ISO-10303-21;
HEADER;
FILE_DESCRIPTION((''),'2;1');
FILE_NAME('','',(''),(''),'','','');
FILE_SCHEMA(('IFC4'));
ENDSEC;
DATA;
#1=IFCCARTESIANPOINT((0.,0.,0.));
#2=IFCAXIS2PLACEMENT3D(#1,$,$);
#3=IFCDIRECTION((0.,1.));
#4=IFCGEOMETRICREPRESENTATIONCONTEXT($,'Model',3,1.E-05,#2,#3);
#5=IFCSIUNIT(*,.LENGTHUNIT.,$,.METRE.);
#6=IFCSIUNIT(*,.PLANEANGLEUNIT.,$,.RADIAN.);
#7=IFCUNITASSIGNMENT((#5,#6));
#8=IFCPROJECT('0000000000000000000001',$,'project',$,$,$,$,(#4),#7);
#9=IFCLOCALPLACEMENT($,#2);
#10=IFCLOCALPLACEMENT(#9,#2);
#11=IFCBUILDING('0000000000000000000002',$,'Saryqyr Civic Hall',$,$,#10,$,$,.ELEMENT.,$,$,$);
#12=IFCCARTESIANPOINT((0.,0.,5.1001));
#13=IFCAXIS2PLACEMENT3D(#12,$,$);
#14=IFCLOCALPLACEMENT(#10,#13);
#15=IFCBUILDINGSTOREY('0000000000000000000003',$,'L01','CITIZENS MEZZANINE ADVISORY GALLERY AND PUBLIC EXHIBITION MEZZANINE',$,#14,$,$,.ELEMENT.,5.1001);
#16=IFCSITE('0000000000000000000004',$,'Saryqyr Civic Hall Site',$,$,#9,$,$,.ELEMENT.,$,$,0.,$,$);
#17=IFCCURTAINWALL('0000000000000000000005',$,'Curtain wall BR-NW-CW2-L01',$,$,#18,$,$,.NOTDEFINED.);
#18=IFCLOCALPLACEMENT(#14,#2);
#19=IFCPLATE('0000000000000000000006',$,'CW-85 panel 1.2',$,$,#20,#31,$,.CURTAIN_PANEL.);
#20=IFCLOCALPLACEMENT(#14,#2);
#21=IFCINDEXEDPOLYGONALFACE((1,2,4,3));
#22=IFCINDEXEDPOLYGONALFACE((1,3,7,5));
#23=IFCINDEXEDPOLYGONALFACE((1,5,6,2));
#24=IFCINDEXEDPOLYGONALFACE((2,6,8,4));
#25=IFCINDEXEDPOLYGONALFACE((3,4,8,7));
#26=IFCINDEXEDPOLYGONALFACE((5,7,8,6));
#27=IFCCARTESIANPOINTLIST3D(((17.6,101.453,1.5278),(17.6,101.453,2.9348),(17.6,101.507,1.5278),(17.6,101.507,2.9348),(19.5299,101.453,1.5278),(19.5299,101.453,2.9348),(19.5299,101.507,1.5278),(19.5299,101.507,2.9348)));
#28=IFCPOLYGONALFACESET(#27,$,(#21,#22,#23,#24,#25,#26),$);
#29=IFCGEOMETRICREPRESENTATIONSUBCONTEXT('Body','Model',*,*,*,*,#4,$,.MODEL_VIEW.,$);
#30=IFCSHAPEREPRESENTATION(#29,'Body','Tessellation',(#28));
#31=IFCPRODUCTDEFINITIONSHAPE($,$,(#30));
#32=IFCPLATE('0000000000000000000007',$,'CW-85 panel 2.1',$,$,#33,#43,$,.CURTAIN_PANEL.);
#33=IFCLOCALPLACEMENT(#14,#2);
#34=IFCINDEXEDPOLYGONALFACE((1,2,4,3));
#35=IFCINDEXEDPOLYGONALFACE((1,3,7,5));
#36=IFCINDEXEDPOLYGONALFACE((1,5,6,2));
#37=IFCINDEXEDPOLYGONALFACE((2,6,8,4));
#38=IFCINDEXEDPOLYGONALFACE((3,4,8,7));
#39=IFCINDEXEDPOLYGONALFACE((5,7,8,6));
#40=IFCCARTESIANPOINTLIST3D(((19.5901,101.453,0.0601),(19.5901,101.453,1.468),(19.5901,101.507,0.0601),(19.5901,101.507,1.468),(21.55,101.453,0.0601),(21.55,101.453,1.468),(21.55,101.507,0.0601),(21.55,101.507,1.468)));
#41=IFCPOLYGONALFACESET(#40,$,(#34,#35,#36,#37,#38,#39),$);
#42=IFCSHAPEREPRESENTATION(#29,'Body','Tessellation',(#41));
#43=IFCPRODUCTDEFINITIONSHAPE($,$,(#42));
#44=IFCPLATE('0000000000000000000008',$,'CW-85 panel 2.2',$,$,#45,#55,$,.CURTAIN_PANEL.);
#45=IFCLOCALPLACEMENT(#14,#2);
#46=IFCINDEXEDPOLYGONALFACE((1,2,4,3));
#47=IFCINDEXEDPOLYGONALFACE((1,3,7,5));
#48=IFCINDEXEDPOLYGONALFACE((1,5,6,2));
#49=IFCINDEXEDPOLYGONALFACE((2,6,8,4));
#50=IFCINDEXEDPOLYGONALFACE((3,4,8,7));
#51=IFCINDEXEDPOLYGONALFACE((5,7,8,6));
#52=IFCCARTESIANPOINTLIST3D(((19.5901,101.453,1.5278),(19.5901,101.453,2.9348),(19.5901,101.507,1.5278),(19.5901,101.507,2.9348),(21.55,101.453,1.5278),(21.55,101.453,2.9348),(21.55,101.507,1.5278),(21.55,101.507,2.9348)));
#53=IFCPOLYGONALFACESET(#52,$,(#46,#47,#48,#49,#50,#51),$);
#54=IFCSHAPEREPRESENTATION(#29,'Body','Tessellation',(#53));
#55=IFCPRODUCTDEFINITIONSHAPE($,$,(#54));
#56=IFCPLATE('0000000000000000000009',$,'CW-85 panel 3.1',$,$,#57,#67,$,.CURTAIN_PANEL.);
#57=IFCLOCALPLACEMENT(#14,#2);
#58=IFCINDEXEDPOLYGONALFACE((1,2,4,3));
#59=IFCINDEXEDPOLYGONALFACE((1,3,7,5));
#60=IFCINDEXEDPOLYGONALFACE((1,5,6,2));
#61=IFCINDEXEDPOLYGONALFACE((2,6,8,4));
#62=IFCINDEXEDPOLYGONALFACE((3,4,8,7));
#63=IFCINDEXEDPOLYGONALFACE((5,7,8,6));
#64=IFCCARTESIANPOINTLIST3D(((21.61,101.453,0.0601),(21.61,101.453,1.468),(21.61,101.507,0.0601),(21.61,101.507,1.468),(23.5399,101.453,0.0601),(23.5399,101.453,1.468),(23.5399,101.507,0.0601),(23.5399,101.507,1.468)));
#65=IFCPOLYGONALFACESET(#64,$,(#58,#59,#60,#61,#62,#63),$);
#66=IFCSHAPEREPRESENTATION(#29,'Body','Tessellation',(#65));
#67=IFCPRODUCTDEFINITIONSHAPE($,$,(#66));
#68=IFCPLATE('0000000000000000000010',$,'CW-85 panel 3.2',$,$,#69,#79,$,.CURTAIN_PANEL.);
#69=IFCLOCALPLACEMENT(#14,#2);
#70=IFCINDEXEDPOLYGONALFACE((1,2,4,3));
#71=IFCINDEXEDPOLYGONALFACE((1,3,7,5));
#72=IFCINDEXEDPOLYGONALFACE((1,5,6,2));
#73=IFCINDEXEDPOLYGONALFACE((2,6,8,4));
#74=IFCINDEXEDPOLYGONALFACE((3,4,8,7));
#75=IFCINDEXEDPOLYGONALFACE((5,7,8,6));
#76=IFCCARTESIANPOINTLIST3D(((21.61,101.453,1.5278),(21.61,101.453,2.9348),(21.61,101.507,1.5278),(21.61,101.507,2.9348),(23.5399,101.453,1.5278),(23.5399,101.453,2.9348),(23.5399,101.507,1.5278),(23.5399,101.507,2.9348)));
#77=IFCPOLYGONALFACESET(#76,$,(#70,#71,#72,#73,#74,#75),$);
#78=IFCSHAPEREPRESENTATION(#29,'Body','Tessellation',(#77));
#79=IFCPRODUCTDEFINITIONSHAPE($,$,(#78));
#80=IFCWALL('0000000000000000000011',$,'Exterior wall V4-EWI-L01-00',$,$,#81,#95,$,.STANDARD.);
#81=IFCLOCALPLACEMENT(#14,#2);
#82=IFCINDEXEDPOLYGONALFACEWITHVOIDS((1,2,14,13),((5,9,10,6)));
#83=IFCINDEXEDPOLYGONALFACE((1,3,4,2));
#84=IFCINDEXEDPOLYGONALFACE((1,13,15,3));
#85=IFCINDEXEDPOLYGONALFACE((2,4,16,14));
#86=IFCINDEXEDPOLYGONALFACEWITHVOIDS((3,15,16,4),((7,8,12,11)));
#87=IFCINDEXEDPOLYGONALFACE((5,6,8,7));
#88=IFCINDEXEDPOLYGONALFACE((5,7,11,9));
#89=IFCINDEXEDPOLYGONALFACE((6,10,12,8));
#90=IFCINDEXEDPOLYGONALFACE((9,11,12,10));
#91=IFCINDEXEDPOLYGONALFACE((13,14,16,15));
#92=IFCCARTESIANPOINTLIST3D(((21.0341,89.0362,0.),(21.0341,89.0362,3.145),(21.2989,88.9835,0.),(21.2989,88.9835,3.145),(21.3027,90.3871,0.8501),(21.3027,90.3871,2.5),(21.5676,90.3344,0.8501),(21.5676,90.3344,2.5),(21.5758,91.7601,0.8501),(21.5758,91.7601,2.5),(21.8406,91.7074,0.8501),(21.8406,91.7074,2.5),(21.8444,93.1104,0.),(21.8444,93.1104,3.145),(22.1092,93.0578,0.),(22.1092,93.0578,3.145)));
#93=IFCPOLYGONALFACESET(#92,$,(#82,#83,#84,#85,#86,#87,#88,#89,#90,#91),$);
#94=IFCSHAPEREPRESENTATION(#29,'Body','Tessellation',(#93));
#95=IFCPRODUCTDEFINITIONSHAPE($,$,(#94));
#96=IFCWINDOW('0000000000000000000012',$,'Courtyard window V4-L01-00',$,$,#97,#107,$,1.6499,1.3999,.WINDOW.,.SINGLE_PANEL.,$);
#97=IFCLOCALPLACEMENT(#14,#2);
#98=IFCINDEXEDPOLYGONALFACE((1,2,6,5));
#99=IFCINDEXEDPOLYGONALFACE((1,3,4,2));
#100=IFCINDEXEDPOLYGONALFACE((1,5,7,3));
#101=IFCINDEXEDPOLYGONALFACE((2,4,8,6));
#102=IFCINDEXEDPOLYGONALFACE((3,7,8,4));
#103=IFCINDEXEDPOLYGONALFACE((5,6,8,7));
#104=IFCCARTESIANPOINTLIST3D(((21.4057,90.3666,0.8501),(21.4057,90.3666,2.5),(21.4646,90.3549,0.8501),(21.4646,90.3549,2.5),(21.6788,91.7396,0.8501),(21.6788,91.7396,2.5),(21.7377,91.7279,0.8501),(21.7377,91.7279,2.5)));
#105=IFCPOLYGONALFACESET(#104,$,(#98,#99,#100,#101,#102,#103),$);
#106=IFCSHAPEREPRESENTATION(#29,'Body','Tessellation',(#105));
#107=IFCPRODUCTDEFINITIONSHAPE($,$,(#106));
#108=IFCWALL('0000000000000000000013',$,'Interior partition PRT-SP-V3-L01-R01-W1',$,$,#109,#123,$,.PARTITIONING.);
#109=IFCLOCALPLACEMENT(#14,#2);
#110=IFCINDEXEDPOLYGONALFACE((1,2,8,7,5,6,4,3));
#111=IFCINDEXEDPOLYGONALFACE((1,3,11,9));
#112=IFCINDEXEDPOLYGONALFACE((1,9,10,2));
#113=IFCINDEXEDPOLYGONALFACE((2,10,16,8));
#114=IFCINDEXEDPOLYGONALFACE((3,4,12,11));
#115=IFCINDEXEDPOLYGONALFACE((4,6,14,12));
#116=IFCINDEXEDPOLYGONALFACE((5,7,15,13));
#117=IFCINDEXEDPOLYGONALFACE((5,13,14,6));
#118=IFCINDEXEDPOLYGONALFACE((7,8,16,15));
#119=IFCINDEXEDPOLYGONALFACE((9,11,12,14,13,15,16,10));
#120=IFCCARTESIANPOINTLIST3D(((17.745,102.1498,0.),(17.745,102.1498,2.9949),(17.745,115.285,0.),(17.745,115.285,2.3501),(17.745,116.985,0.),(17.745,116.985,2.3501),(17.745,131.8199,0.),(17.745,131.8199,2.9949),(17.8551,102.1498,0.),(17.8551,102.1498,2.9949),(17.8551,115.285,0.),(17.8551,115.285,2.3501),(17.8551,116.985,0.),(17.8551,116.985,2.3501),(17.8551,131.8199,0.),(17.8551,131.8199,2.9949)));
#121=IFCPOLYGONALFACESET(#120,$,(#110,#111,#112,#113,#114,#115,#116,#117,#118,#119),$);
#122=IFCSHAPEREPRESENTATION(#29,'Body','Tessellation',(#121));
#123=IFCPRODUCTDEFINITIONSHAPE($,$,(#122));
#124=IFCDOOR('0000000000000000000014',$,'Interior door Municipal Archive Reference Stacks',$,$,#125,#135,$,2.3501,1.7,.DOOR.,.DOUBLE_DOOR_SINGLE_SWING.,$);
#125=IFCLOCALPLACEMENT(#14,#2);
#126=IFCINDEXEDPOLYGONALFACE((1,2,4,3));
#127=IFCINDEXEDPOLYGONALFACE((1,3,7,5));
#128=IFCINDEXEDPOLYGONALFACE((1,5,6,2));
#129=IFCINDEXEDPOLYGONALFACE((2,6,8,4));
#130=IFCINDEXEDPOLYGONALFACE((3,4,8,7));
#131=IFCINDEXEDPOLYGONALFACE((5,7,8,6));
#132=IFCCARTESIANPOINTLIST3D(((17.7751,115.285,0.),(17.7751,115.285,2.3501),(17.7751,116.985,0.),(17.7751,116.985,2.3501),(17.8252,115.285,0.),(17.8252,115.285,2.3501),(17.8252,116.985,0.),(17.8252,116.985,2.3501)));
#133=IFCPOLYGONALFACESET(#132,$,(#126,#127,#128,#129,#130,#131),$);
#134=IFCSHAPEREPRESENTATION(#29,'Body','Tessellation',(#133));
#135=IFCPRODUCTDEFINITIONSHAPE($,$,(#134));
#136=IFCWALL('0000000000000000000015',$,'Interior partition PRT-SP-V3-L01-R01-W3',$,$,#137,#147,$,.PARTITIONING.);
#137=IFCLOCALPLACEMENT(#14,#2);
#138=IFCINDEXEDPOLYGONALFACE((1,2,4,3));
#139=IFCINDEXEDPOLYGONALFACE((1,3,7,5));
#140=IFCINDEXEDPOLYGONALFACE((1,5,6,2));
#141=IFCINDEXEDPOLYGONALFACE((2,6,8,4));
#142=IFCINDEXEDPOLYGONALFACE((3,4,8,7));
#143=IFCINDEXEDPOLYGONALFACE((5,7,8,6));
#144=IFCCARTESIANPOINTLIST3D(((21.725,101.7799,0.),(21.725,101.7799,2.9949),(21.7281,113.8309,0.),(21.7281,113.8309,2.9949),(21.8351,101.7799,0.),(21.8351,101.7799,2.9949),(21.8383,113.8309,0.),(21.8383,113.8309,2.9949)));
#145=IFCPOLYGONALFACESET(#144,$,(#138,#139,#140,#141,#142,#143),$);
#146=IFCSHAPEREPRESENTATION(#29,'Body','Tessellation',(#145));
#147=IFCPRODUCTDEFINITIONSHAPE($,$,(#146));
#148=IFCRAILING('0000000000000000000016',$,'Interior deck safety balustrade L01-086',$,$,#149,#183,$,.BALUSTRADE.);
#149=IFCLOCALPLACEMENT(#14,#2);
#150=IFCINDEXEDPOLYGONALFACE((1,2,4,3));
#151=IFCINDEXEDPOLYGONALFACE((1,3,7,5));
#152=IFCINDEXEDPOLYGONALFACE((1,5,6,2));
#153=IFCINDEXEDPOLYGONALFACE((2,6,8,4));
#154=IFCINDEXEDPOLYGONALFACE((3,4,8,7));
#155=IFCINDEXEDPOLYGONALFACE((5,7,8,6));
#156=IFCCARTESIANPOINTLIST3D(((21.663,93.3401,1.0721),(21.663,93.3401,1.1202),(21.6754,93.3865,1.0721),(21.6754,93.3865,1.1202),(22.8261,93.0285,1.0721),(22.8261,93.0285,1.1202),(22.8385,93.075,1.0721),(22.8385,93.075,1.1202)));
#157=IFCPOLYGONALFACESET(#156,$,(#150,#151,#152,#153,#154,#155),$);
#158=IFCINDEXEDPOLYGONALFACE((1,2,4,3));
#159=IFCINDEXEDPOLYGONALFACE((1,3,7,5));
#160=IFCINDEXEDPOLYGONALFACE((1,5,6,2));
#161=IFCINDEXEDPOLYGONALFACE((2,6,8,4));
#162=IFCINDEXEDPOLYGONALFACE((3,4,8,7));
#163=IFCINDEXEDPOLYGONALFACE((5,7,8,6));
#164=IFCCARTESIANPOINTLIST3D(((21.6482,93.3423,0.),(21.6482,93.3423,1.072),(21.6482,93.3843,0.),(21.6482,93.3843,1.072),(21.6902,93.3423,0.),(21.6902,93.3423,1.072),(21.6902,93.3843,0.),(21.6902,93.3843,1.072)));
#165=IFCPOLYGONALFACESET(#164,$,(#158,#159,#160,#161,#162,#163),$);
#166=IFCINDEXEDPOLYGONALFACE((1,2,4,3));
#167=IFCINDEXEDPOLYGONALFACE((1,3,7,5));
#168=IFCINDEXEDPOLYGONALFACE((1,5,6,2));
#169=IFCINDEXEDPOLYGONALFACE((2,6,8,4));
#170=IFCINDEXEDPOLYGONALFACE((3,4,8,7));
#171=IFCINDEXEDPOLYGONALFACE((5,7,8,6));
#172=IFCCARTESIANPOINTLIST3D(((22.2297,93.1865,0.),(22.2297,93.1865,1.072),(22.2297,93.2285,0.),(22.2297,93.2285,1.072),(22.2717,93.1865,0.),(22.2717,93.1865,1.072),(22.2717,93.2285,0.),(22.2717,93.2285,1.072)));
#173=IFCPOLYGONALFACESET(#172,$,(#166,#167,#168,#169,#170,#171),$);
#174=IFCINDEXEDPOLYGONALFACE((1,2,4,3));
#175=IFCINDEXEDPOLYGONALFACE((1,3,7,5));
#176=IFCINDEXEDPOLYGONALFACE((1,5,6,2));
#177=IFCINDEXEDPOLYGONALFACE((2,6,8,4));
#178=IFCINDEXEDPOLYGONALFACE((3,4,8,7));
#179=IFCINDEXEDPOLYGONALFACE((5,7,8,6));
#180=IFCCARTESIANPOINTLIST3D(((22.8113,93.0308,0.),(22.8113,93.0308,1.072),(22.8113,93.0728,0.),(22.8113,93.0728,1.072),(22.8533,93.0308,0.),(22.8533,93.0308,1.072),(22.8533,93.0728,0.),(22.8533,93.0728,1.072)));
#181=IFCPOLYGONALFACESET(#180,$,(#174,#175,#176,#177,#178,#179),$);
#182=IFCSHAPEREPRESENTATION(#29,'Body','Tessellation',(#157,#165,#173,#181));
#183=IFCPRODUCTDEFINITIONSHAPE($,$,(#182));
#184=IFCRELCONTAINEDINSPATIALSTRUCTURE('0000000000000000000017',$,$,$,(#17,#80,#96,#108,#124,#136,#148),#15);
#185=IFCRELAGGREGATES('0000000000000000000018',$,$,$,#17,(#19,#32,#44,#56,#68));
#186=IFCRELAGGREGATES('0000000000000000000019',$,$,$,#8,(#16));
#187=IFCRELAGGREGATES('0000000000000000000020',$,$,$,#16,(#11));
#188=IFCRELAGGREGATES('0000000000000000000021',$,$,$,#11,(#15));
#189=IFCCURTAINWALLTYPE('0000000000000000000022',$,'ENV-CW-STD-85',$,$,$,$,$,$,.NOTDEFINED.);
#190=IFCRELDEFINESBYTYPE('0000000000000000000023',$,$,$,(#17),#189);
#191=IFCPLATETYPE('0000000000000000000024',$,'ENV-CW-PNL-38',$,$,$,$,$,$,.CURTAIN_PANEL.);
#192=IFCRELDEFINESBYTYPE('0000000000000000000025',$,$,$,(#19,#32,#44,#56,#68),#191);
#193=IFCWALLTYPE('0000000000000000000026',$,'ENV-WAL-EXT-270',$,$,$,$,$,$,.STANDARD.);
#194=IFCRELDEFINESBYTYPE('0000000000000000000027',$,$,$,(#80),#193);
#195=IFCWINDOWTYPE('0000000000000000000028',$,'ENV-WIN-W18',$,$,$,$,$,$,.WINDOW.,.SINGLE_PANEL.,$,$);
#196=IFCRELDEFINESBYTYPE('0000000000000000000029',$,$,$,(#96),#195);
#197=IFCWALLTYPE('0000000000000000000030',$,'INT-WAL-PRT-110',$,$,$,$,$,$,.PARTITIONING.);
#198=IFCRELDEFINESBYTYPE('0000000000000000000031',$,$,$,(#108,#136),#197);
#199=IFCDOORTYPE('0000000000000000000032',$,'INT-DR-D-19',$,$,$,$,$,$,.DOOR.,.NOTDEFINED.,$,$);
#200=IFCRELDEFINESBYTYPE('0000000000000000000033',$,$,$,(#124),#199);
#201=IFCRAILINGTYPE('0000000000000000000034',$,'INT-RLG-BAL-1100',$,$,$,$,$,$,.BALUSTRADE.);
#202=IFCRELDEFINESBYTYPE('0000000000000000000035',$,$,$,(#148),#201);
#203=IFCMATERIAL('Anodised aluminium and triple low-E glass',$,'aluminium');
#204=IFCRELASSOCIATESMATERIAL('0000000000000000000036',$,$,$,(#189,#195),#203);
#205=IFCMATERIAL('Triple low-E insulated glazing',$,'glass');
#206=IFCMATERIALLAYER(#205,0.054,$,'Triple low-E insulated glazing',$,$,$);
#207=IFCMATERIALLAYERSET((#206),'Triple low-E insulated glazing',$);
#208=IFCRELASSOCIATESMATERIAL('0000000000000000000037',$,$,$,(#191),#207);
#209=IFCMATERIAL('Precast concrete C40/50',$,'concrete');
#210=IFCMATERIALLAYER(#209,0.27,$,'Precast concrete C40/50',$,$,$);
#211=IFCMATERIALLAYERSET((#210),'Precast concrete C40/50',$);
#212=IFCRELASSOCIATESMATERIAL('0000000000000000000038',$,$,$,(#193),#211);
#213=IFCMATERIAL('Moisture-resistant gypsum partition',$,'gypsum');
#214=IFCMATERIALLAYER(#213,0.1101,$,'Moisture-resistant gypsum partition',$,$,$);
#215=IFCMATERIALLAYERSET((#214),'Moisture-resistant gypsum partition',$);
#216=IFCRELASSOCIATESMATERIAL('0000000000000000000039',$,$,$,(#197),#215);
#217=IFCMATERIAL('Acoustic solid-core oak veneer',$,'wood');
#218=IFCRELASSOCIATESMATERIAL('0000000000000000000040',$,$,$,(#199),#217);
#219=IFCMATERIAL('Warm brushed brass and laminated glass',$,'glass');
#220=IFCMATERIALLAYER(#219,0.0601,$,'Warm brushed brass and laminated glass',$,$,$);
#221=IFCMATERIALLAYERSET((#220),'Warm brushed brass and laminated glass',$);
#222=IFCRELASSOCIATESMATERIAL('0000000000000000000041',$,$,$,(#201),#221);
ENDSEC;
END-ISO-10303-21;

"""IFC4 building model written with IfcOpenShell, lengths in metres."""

from ifc_helpers import new_model, si_unit, direction, frame, frame_2d, origin, origin_2d, place, context, subcontext, project, spatial, rectangle, extrude, material, layer, layer_set, type_object, element, fill, aggregate, save


model = new_model("IFC4")

# Units and contexts
model_context = context("Model", 3, precision=1e-05, world=origin(), true_north=direction((0.0, 1.0)))
body_context = subcontext(model_context, "Body", "Model", "MODEL_VIEW")
ifc_project = project(units=[si_unit("LENGTHUNIT", "METRE"), si_unit("PLANEANGLEUNIT", "RADIAN")], contexts=[model_context])

# Site, building, storey
site_placement = place(None, origin())
site = spatial("IfcSite", under=ifc_project, at=site_placement, Name="Saryqyr Civic Hall Site", CompositionType="ELEMENT", RefElevation=0.0)
building_placement = place(site_placement, origin())
building = spatial("IfcBuilding", under=site, at=building_placement, Name="Saryqyr Civic Hall", CompositionType="ELEMENT")
storey_placement = place(building_placement, frame((0.0, 0.0, 5.1001)))
storey = spatial("IfcBuildingStorey", under=building, at=storey_placement, Name="L01", Description="CITIZENS MEZZANINE ADVISORY GALLERY AND PUBLIC EXHIBITION MEZZANINE", CompositionType="ELEMENT", Elevation=5.1001)

# Shared definitions
ifc_material_1 = material(Name="Anodised aluminium and triple low-E glass", Category="aluminium")

# Curtain wall
curtain_wall_type_1 = type_object("IfcCurtainWallType", Name="ENV-CW-STD-85", PredefinedType="NOTDEFINED", material=ifc_material_1)
curtain_wall_1_placement = place(storey_placement, origin())
curtain_wall_1 = element("IfcCurtainWall", 1, at=curtain_wall_1_placement, inside=storey, type_object=curtain_wall_type_1, Name="Curtain wall BR-NW-CW2-L01", PredefinedType="NOTDEFINED")

# Plates
ifc_material_2 = material(Name="Triple low-E insulated glazing", Category="glass")
ifc_layer_1 = layer(ifc_material_2, 0.054, Name="Triple low-E insulated glazing")
ifc_layer_set_1 = layer_set([ifc_layer_1], Name="Triple low-E insulated glazing")
plate_type = type_object("IfcPlateType", Name="ENV-CW-PNL-38", PredefinedType="CURTAIN_PANEL", material=ifc_layer_set_1)
plate_1_placement = place(storey_placement, frame((18.5649, 101.48, 1.5278), z_axis=(0.0, 0.0, 1.0), x_axis=(1.0, 0.0, 0.0)))
plate_1 = element("IfcPlate", 2, at=plate_1_placement, type_object=plate_type, Name="CW-85 panel 1.2", PredefinedType="CURTAIN_PANEL", context=body_context, shape_type="SweptSolid", body=[
    extrude(rectangle(XDim=1.9299, YDim=0.054, at=origin_2d()), origin(), (0.0, 0.0, 1.0), 1.407),
])
plate_2_placement = place(storey_placement, frame((20.5701, 101.48, 0.0601), z_axis=(0.0, 0.0, 1.0), x_axis=(1.0, 0.0, 0.0)))
plate_2 = element("IfcPlate", 3, at=plate_2_placement, type_object=plate_type, Name="CW-85 panel 2.1", PredefinedType="CURTAIN_PANEL", context=body_context, shape_type="SweptSolid", body=[
    extrude(rectangle(XDim=1.96, YDim=0.054, at=origin_2d()), origin(), (0.0, 0.0, 1.0), 1.408),
])
plate_3_placement = place(storey_placement, frame((20.5701, 101.48, 1.5278), z_axis=(0.0, 0.0, 1.0), x_axis=(1.0, 0.0, 0.0)))
plate_3 = element("IfcPlate", 4, at=plate_3_placement, type_object=plate_type, Name="CW-85 panel 2.2", PredefinedType="CURTAIN_PANEL", context=body_context, shape_type="SweptSolid", body=[
    extrude(rectangle(XDim=1.96, YDim=0.054, at=origin_2d()), origin(), (0.0, 0.0, 1.0), 1.407),
])
plate_4_placement = place(storey_placement, frame((22.575, 101.48, 0.0601), z_axis=(0.0, 0.0, 1.0), x_axis=(1.0, 0.0, 0.0)))
plate_4 = element("IfcPlate", 5, at=plate_4_placement, type_object=plate_type, Name="CW-85 panel 3.1", PredefinedType="CURTAIN_PANEL", context=body_context, shape_type="SweptSolid", body=[
    extrude(rectangle(XDim=1.9299, YDim=0.054, at=origin_2d()), origin(), (0.0, 0.0, 1.0), 1.408),
])
plate_5_placement = place(storey_placement, frame((22.575, 101.48, 1.5278), z_axis=(0.0, 0.0, 1.0), x_axis=(1.0, 0.0, 0.0)))
plate_5 = element("IfcPlate", 6, at=plate_5_placement, type_object=plate_type, Name="CW-85 panel 3.2", PredefinedType="CURTAIN_PANEL", context=body_context, shape_type="SweptSolid", body=[
    extrude(rectangle(XDim=1.9299, YDim=0.054, at=origin_2d()), origin(), (0.0, 0.0, 1.0), 1.407),
])
aggregate(curtain_wall_1, [plate_1, plate_2, plate_3, plate_4, plate_5])

# Wall, opening, window
ifc_material_3 = material(Name="Precast concrete C40/50", Category="concrete")
ifc_layer_2 = layer(ifc_material_3, 0.27, Name="Precast concrete C40/50")
ifc_layer_set_2 = layer_set([ifc_layer_2], Name="Precast concrete C40/50")
wall_type_1 = type_object("IfcWallType", Name="ENV-WAL-EXT-270", PredefinedType="STANDARD", material=ifc_layer_set_2)
wall_1_placement = place(storey_placement, frame((21.9768, 93.0842, 0.0), z_axis=(0.0, 0.0, 1.0), x_axis=(-0.195065, -0.98079, 0.0)))
wall_1 = element("IfcWall", 7, at=wall_1_placement, inside=storey, type_object=wall_type_1, Name="Exterior wall V4-EWI-L01-00", PredefinedType="STANDARD", context=body_context, shape_type="SweptSolid", body=[
    extrude(rectangle(XDim=4.1541, YDim=0.27, at=frame_2d((2.0771, 0.0))), origin(), (0.0, 0.0, 1.0), 3.145),
])
opening_1_placement = place(wall_1_placement, frame((1.377, 0.0, 0.8501)))
opening_1 = element("IfcOpeningElement", 8, at=opening_1_placement, cuts=wall_1, PredefinedType="OPENING", context=body_context, shape_type="SweptSolid", body=[
    extrude(rectangle(XDim=1.3999, YDim=1.6499, at=frame_2d((0.7, 0.825))), frame((0.0, 0.145, 0.0), z_axis=(0.0, -1.0, 0.0), x_axis=(1.0, 0.0, 0.0)), (0.0, 0.0, 1.0), 0.29),
])
window_type = type_object("IfcWindowType", Name="ENV-WIN-W18", PartitioningType="SINGLE_PANEL", PredefinedType="WINDOW", material=ifc_material_1)
window_placement = place(opening_1_placement, origin())
window = element("IfcWindow", 9, at=window_placement, inside=storey, type_object=window_type, Name="Courtyard window V4-L01-00", OverallHeight=1.6499, OverallWidth=1.3999, PartitioningType="SINGLE_PANEL", PredefinedType="WINDOW", context=body_context, shape_type="SweptSolid", body=[
    extrude(rectangle(XDim=1.3999, YDim=1.6499, at=frame_2d((0.7, 0.825))), frame((0.0, 0.03, 0.0), z_axis=(0.0, -1.0, 0.0), x_axis=(1.0, 0.0, 0.0)), (0.0, 0.0, 1.0), 0.0601),
])
fill(opening_1, window)

# Wall, opening, door
ifc_material_4 = material(Name="Moisture-resistant gypsum partition", Category="gypsum")
ifc_layer_3 = layer(ifc_material_4, 0.1101, Name="Moisture-resistant gypsum partition")
ifc_layer_set_3 = layer_set([ifc_layer_3], Name="Moisture-resistant gypsum partition")
wall_type_2 = type_object("IfcWallType", Name="INT-WAL-PRT-110", PredefinedType="PARTITIONING", material=ifc_layer_set_3)
wall_2_placement = place(storey_placement, frame((17.8, 102.1499, 0.0), z_axis=(0.0, 0.0, 1.0), x_axis=(0.0, 1.0, 0.0)))
wall_2 = element("IfcWall", 10, at=wall_2_placement, inside=storey, type_object=wall_type_2, Name="Interior partition PRT-SP-V3-L01-R01-W1", PredefinedType="PARTITIONING", context=body_context, shape_type="SweptSolid", body=[
    extrude(rectangle(XDim=29.6702, YDim=0.1101, at=frame_2d((14.835, 0.0))), origin(), (0.0, 0.0, 1.0), 2.9949),
])
opening_2_placement = place(wall_2_placement, frame((13.135, 0.0, 0.0)))
opening_2 = element("IfcOpeningElement", 11, at=opening_2_placement, cuts=wall_2, PredefinedType="OPENING", context=body_context, shape_type="SweptSolid", body=[
    extrude(rectangle(XDim=1.7, YDim=2.3501, at=frame_2d((0.8501, 1.175))), frame((0.0, 0.0649, 0.0), z_axis=(0.0, -1.0, 0.0), x_axis=(1.0, 0.0, 0.0)), (0.0, 0.0, 1.0), 0.1301),
])
ifc_material_5 = material(Name="Acoustic solid-core oak veneer", Category="wood")
door_type = type_object("IfcDoorType", Name="INT-DR-D-19", OperationType="NOTDEFINED", PredefinedType="DOOR", material=ifc_material_5)
door_placement = place(opening_2_placement, origin())
door = element("IfcDoor", 12, at=door_placement, inside=storey, type_object=door_type, Name="Interior door Municipal Archive Reference Stacks", OperationType="DOUBLE_DOOR_SINGLE_SWING", OverallHeight=2.3501, OverallWidth=1.7, PredefinedType="DOOR", context=body_context, shape_type="SweptSolid", body=[
    extrude(rectangle(XDim=1.7, YDim=2.3501, at=frame_2d((0.8501, 1.175))), frame((0.0, 0.0249, 0.0), z_axis=(0.0, -1.0, 0.0), x_axis=(1.0, 0.0, 0.0)), (0.0, 0.0, 1.0), 0.05),
])
fill(opening_2, door)

# Wall
wall_3_placement = place(storey_placement, frame((21.78, 101.78, 0.0), z_axis=(0.0, 0.0, 1.0), x_axis=(0.000263, 1.0, 0.0)))
element("IfcWall", 13, at=wall_3_placement, inside=storey, type_object=wall_type_2, Name="Interior partition PRT-SP-V3-L01-R01-W3", PredefinedType="PARTITIONING", context=body_context, shape_type="SweptSolid", body=[
    extrude(rectangle(XDim=12.051, YDim=0.1101, at=frame_2d((6.0254, 0.0))), origin(), (0.0, 0.0, 1.0), 2.9949),
])

# Railing
ifc_material_6 = material(Name="Warm brushed brass and laminated glass", Category="glass")
ifc_layer_4 = layer(ifc_material_6, 0.0601, Name="Warm brushed brass and laminated glass")
ifc_layer_set_4 = layer_set([ifc_layer_4], Name="Warm brushed brass and laminated glass")
railing_type = type_object("IfcRailingType", Name="INT-RLG-BAL-1100", PredefinedType="BALUSTRADE", material=ifc_layer_set_4)
railing_placement = place(storey_placement, frame((21.6692, 93.3633, 0.0)))
element("IfcRailing", 14, at=railing_placement, inside=storey, type_object=railing_type, Name="Interior deck safety balustrade L01-086", PredefinedType="BALUSTRADE", context=body_context, shape_type="SweptSolid", body=[
    extrude(rectangle(XDim=0.0481, YDim=0.0481, at=origin_2d()), frame((0.0, 0.0, 1.0962), z_axis=(0.965952, -0.258723, 0.0), x_axis=(0.258723, 0.965952, 0.0)), (0.0, 0.0, 1.0), 1.2041),
    extrude(rectangle(XDim=0.042, YDim=0.042, at=origin_2d()), origin(), (0.0, 0.0, 1.0), 1.072),
    extrude(rectangle(XDim=0.042, YDim=0.042, at=origin_2d()), frame((0.5815, -0.1558, 0.0)), (0.0, 0.0, 1.0), 1.072),
    extrude(rectangle(XDim=0.042, YDim=0.042, at=origin_2d()), frame((1.1631, -0.3115, 0.0)), (0.0, 0.0, 1.0), 1.072),
])

save(model, "model.ifc")
